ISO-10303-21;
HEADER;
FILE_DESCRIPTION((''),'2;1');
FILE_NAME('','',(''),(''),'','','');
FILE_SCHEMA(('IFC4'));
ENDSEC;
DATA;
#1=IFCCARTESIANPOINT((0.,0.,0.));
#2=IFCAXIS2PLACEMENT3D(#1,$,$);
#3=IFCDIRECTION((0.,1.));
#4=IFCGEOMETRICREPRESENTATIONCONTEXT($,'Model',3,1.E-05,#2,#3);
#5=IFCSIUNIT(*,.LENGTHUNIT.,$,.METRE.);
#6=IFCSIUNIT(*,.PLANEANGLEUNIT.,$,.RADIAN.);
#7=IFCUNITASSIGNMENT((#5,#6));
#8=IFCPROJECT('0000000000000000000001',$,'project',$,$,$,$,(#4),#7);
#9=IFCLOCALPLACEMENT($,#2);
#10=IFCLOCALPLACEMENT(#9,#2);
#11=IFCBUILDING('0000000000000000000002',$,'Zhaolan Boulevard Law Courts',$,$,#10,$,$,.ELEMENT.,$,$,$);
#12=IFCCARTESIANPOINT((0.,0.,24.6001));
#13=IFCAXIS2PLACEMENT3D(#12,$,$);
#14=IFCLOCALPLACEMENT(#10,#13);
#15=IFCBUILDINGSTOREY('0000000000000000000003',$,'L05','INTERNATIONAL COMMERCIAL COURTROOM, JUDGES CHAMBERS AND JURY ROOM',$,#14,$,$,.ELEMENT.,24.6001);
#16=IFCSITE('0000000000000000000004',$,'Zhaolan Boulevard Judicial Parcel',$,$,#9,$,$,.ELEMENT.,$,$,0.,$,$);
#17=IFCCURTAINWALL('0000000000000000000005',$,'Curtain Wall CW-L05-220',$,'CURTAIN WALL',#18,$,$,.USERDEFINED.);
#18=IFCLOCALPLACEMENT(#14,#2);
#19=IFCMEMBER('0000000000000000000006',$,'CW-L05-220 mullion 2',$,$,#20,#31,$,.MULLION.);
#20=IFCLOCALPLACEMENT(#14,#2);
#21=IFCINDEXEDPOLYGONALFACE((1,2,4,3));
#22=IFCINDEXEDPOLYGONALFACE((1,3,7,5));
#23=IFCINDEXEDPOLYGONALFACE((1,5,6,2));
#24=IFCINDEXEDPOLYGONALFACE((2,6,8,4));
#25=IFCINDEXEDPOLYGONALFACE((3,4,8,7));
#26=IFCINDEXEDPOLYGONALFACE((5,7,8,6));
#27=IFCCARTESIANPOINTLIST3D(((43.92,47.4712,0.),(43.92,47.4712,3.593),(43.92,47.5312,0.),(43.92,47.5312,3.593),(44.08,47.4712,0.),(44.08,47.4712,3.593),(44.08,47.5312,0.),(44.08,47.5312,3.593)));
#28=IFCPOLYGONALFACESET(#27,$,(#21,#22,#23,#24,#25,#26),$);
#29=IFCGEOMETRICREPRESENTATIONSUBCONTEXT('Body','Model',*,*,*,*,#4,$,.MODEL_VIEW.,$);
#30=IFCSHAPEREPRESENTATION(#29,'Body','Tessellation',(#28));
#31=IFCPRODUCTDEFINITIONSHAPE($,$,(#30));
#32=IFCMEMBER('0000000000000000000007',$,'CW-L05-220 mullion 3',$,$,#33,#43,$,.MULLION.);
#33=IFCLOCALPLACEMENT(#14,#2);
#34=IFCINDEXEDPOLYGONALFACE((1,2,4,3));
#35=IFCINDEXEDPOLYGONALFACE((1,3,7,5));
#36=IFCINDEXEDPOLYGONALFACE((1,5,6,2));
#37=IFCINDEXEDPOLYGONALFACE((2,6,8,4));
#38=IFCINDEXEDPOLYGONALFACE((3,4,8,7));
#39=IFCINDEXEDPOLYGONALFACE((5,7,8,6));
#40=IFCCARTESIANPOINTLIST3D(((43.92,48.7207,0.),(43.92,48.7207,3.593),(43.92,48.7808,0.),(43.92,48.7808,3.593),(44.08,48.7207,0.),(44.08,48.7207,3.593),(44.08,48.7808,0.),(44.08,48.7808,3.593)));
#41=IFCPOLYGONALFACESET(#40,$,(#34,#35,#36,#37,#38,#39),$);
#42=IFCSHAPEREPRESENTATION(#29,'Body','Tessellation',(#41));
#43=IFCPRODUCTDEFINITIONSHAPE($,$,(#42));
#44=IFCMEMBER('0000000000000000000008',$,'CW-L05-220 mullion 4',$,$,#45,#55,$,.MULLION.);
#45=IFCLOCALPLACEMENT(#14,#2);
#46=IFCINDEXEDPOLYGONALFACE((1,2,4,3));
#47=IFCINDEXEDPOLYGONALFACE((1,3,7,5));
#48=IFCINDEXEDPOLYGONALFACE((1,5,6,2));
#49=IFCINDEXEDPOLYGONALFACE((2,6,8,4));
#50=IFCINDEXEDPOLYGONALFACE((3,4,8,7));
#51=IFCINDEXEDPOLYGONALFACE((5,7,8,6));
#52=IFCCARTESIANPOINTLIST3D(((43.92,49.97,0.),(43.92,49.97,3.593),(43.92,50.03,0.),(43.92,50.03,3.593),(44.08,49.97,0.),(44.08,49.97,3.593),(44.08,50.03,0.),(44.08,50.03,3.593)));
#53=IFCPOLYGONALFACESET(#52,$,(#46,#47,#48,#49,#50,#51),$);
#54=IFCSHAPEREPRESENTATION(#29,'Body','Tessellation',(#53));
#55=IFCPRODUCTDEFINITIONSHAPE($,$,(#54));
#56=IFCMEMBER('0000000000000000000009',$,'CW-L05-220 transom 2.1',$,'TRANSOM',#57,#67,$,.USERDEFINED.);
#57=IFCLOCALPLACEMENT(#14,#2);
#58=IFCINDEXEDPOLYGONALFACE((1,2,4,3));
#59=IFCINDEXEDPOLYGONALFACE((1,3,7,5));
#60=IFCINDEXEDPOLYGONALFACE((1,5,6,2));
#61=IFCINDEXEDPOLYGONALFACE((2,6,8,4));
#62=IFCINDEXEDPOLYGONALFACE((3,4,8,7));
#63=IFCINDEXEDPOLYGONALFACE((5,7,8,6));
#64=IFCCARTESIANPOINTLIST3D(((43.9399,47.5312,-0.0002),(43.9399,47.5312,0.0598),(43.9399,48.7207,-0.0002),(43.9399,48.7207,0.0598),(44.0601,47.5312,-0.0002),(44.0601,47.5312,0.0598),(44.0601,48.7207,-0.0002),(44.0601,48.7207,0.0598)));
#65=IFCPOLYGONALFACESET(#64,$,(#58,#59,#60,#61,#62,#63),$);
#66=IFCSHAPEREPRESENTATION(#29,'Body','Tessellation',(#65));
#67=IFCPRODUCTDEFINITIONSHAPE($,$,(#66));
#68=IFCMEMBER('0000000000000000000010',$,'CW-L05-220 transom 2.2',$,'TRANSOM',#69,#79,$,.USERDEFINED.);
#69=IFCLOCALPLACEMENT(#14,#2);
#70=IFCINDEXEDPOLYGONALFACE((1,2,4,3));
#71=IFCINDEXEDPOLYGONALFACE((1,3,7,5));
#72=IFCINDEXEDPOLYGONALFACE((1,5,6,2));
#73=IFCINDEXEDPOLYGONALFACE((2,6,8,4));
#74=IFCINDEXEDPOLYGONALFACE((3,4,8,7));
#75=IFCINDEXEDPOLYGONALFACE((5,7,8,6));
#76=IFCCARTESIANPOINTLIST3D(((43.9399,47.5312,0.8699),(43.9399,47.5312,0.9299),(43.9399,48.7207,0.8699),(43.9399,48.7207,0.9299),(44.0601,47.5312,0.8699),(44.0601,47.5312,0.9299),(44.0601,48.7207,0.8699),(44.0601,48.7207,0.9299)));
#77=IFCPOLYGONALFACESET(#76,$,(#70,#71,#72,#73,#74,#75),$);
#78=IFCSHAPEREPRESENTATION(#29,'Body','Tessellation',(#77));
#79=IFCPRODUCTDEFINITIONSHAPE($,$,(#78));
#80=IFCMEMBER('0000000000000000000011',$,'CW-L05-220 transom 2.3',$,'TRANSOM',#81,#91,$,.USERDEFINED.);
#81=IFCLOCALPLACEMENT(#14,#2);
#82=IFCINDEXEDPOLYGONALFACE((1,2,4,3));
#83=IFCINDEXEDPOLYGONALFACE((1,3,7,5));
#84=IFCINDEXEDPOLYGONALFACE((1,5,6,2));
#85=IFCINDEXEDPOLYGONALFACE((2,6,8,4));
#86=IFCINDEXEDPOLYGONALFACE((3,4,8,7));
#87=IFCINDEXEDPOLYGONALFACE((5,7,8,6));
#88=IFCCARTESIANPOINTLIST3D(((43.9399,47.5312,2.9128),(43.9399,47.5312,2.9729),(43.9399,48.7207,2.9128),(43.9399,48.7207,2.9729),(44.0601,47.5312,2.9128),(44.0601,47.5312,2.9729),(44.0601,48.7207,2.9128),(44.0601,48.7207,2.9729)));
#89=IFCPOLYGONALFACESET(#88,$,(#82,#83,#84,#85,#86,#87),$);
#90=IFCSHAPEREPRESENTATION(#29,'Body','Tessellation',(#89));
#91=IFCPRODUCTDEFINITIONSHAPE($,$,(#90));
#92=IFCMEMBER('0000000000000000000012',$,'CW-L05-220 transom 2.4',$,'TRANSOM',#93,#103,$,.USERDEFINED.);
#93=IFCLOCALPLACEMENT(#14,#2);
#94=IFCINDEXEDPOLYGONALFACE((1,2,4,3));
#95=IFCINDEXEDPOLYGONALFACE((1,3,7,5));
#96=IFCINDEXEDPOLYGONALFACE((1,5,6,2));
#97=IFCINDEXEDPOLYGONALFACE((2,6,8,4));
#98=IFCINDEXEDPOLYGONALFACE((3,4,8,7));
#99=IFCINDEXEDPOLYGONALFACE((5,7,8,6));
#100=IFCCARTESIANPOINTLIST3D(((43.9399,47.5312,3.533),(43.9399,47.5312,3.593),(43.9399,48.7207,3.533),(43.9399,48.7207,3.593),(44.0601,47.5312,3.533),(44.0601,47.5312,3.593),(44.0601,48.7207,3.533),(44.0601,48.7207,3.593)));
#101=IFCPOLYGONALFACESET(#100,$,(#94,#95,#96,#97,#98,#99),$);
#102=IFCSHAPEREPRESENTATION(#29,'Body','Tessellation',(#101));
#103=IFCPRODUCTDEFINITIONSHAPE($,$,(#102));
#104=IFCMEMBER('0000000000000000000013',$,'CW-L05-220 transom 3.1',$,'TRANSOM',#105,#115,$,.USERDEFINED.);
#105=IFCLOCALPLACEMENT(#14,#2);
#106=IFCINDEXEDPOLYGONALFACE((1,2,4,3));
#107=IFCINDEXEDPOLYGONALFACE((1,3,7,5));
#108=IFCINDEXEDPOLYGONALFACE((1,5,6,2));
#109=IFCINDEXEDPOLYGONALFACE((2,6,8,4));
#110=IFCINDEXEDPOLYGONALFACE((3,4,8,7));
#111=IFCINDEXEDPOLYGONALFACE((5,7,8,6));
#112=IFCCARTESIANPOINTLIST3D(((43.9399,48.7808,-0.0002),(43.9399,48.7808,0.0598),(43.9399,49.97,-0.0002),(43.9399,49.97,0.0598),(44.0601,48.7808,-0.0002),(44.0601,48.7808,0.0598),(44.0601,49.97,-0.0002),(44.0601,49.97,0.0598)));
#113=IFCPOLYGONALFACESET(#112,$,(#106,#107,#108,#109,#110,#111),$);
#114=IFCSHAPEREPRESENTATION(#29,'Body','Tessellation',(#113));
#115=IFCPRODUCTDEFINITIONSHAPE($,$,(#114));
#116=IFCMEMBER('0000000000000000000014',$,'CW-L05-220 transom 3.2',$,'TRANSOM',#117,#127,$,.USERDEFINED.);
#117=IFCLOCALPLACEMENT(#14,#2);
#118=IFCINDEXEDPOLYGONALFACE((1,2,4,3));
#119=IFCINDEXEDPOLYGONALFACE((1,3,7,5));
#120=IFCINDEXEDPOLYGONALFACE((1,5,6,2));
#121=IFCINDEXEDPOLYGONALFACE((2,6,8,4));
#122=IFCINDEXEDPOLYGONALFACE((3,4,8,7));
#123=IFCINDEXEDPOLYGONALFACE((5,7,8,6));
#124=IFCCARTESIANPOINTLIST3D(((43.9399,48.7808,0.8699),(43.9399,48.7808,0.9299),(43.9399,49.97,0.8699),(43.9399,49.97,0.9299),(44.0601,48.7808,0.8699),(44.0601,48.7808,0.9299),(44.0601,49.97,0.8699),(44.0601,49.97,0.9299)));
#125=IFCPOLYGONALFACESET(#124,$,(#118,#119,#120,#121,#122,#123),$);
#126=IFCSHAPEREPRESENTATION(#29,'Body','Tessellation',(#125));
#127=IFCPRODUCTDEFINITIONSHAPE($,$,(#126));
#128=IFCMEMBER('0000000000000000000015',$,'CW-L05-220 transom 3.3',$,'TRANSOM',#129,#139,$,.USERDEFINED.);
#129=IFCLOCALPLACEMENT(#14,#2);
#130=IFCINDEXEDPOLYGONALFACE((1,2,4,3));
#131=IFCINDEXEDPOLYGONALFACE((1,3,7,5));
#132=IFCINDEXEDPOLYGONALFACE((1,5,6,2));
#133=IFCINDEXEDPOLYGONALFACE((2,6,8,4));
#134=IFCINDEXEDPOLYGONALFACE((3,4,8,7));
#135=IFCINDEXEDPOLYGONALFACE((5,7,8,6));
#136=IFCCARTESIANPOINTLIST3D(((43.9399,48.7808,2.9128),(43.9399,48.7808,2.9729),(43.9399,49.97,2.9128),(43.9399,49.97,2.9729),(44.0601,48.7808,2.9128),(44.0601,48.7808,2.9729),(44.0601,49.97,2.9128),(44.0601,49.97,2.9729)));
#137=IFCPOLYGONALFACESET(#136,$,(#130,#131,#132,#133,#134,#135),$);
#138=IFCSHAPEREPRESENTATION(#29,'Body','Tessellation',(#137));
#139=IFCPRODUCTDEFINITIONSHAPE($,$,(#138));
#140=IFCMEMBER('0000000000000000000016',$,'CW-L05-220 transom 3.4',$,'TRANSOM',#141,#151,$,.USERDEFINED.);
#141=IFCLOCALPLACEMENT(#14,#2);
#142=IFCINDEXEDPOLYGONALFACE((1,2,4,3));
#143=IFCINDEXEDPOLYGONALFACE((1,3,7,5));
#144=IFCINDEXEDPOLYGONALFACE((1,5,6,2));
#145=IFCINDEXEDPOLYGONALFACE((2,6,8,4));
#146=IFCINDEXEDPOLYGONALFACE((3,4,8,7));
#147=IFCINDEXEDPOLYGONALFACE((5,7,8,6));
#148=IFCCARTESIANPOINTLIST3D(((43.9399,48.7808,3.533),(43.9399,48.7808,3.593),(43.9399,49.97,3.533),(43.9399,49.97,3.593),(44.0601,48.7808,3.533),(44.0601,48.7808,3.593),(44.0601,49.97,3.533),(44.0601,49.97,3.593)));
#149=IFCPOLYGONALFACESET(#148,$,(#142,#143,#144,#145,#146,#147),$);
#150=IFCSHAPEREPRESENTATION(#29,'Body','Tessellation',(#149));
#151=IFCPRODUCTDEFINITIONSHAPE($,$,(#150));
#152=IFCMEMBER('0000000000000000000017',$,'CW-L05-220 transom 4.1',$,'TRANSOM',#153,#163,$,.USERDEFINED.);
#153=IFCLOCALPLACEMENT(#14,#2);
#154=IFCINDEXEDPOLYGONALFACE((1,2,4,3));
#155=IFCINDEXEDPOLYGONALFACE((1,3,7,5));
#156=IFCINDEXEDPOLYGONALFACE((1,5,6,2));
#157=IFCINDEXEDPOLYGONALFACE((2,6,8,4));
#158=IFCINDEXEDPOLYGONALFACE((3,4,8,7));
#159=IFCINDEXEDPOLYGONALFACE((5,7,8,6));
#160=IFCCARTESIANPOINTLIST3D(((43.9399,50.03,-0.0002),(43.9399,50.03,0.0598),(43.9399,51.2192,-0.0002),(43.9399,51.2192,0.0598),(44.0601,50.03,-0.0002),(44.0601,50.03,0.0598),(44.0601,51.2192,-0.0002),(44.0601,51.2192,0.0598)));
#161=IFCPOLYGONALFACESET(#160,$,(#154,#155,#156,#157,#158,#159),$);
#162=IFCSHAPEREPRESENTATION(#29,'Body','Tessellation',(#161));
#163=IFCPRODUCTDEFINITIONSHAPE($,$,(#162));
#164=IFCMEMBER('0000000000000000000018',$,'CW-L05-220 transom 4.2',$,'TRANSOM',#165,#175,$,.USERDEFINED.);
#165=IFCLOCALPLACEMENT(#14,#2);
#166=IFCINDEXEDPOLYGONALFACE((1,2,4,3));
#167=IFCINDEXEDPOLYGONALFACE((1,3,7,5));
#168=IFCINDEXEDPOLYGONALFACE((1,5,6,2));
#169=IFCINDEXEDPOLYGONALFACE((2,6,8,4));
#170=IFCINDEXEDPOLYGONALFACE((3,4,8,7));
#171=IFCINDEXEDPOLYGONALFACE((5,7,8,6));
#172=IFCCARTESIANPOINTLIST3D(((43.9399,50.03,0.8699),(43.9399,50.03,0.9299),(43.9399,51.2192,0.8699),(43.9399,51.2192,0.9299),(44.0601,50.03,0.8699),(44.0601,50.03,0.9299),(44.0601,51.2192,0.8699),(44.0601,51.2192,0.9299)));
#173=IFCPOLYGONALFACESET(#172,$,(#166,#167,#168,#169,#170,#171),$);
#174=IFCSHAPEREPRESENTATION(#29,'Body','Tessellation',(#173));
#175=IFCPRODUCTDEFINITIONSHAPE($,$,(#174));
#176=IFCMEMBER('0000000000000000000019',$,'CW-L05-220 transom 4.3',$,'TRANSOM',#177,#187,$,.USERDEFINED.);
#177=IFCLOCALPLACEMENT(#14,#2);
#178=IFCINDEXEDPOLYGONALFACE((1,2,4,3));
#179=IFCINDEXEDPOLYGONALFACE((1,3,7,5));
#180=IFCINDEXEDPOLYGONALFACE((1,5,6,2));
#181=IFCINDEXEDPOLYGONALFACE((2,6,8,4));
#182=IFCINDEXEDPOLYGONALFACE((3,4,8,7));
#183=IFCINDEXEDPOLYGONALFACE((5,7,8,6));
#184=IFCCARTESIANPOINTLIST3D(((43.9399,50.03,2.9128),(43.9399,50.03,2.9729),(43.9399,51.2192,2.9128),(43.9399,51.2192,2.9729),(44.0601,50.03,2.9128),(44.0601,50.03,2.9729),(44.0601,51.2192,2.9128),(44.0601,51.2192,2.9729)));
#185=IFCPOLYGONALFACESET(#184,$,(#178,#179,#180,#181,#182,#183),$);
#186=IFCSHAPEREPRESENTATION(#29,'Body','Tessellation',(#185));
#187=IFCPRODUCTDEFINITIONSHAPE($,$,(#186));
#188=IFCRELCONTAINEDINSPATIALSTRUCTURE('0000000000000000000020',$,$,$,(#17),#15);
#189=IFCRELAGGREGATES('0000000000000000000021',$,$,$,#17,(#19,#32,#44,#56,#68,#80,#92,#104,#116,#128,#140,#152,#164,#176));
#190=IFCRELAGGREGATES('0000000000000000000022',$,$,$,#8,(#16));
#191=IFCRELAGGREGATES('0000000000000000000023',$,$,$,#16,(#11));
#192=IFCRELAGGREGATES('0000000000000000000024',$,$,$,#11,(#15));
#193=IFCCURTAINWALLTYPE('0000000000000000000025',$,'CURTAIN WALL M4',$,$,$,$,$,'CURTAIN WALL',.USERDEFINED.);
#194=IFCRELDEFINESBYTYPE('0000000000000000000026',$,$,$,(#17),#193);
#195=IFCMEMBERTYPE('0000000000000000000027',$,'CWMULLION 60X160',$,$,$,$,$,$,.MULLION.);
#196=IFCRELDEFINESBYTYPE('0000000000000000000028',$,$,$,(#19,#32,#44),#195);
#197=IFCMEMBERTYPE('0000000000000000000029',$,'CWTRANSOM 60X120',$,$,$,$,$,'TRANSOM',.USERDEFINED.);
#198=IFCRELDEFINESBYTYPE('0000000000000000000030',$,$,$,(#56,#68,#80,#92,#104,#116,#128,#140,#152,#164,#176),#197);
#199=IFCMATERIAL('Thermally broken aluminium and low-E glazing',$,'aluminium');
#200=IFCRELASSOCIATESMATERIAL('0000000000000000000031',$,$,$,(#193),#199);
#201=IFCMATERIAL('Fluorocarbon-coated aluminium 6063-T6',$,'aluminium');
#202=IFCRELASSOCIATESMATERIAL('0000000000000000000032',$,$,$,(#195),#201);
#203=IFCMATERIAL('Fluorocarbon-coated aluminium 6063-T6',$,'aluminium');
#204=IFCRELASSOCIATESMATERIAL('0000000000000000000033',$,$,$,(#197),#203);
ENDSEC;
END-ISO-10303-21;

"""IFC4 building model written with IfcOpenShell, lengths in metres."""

from ifc_helpers import new_model, si_unit, direction, frame, origin, origin_2d, place, context, subcontext, project, spatial, rectangle, extrude, material, material_profile, profile_set, type_object, element, aggregate, save


model = new_model("IFC4")

# Units and contexts
model_context = context("Model", 3, precision=1e-05, world=origin(), true_north=direction((0.0, 1.0)))
body_context = subcontext(model_context, "Body", "Model", "MODEL_VIEW")
ifc_project = project(units=[si_unit("LENGTHUNIT", "METRE"), si_unit("PLANEANGLEUNIT", "RADIAN")], contexts=[model_context])

# Site, building, storey
site_placement = place(None, origin())
site = spatial("IfcSite", under=ifc_project, at=site_placement, Name="Zhaolan Boulevard Judicial Parcel", CompositionType="ELEMENT", RefElevation=0.0)
building_placement = place(site_placement, origin())
building = spatial("IfcBuilding", under=site, at=building_placement, Name="Zhaolan Boulevard Law Courts", CompositionType="ELEMENT")
storey_placement = place(building_placement, frame((0.0, 0.0, 24.6001)))
storey = spatial("IfcBuildingStorey", under=building, at=storey_placement, Name="L05", Description="INTERNATIONAL COMMERCIAL COURTROOM, JUDGES CHAMBERS AND JURY ROOM", CompositionType="ELEMENT", Elevation=24.6001)

# Curtain wall, members
ifc_material_1 = material(Name="Thermally broken aluminium and low-E glazing", Category="aluminium")
curtain_wall_type = type_object("IfcCurtainWallType", Name="CURTAIN WALL M4", ElementType="CURTAIN WALL", PredefinedType="USERDEFINED", material=ifc_material_1)
curtain_wall_placement = place(storey_placement, origin())
curtain_wall = element("IfcCurtainWall", 1, at=curtain_wall_placement, inside=storey, type_object=curtain_wall_type, Name="Curtain Wall CW-L05-220", ObjectType="CURTAIN WALL", PredefinedType="USERDEFINED")
ifc_material_2 = material(Name="Fluorocarbon-coated aluminium 6063-T6", Category="aluminium")
ifc_material_profile_1 = material_profile(ifc_material_2, rectangle(XDim=0.1599, YDim=0.0601, at=origin_2d()), Name="AL60x160")
ifc_profile_set_1 = profile_set([ifc_material_profile_1], Name="Fluorocarbon-coated aluminium 6063-T6")
member_type_1 = type_object("IfcMemberType", Name="CWMULLION 60X160", PredefinedType="MULLION", material=ifc_profile_set_1)
member_1_placement = place(storey_placement, frame((44.0, 47.5012, 0.0), z_axis=(0.0, 0.0, 1.0), x_axis=(-1.0, 0.0, 0.0)))
member_1 = element("IfcMember", 2, at=member_1_placement, type_object=member_type_1, Name="CW-L05-220 mullion 2", PredefinedType="MULLION", context=body_context, shape_type="SweptSolid", body=[
    extrude(rectangle(XDim=0.1599, YDim=0.0601, at=origin_2d()), origin(), (0.0, 0.0, 1.0), 3.593),
])
member_2_placement = place(storey_placement, frame((44.0, 48.7507, 0.0), z_axis=(0.0, 0.0, 1.0), x_axis=(-1.0, 0.0, 0.0)))
member_2 = element("IfcMember", 3, at=member_2_placement, type_object=member_type_1, Name="CW-L05-220 mullion 3", PredefinedType="MULLION", context=body_context, shape_type="SweptSolid", body=[
    extrude(rectangle(XDim=0.1599, YDim=0.0601, at=origin_2d()), origin(), (0.0, 0.0, 1.0), 3.593),
])
member_3_placement = place(storey_placement, frame((44.0, 50.0, 0.0), z_axis=(0.0, 0.0, 1.0), x_axis=(-1.0, 0.0, 0.0)))
member_3 = element("IfcMember", 4, at=member_3_placement, type_object=member_type_1, Name="CW-L05-220 mullion 4", PredefinedType="MULLION", context=body_context, shape_type="SweptSolid", body=[
    extrude(rectangle(XDim=0.1599, YDim=0.0601, at=origin_2d()), origin(), (0.0, 0.0, 1.0), 3.593),
])
ifc_material_3 = material(Name="Fluorocarbon-coated aluminium 6063-T6", Category="aluminium")
ifc_material_profile_2 = material_profile(ifc_material_3, rectangle(XDim=0.1201, YDim=0.0601, at=origin_2d()), Name="AL60x120")
ifc_profile_set_2 = profile_set([ifc_material_profile_2], Name="Fluorocarbon-coated aluminium 6063-T6")
member_type_2 = type_object("IfcMemberType", Name="CWTRANSOM 60X120", ElementType="TRANSOM", PredefinedType="USERDEFINED", material=ifc_profile_set_2)
member_4_placement = place(storey_placement, frame((44.0, 47.5312, 0.0298), z_axis=(0.0, 1.0, 0.0), x_axis=(-1.0, 0.0, 0.0)))
member_4 = element("IfcMember", 5, at=member_4_placement, type_object=member_type_2, Name="CW-L05-220 transom 2.1", ObjectType="TRANSOM", PredefinedType="USERDEFINED", context=body_context, shape_type="SweptSolid", body=[
    extrude(rectangle(XDim=0.1201, YDim=0.0601, at=origin_2d()), origin(), (0.0, 0.0, 1.0), 1.1895),
])
member_5_placement = place(storey_placement, frame((44.0, 47.5312, 0.8999), z_axis=(0.0, 1.0, 0.0), x_axis=(-1.0, 0.0, 0.0)))
member_5 = element("IfcMember", 6, at=member_5_placement, type_object=member_type_2, Name="CW-L05-220 transom 2.2", ObjectType="TRANSOM", PredefinedType="USERDEFINED", context=body_context, shape_type="SweptSolid", body=[
    extrude(rectangle(XDim=0.1201, YDim=0.0601, at=origin_2d()), origin(), (0.0, 0.0, 1.0), 1.1895),
])
member_6_placement = place(storey_placement, frame((44.0, 47.5312, 2.9429), z_axis=(0.0, 1.0, 0.0), x_axis=(-1.0, 0.0, 0.0)))
member_6 = element("IfcMember", 7, at=member_6_placement, type_object=member_type_2, Name="CW-L05-220 transom 2.3", ObjectType="TRANSOM", PredefinedType="USERDEFINED", context=body_context, shape_type="SweptSolid", body=[
    extrude(rectangle(XDim=0.1201, YDim=0.0601, at=origin_2d()), origin(), (0.0, 0.0, 1.0), 1.1895),
])
member_7_placement = place(storey_placement, frame((44.0, 47.5312, 3.563), z_axis=(0.0, 1.0, 0.0), x_axis=(-1.0, 0.0, 0.0)))
member_7 = element("IfcMember", 8, at=member_7_placement, type_object=member_type_2, Name="CW-L05-220 transom 2.4", ObjectType="TRANSOM", PredefinedType="USERDEFINED", context=body_context, shape_type="SweptSolid", body=[
    extrude(rectangle(XDim=0.1201, YDim=0.0601, at=origin_2d()), origin(), (0.0, 0.0, 1.0), 1.1895),
])
member_8_placement = place(storey_placement, frame((44.0, 48.7808, 0.0298), z_axis=(0.0, 1.0, 0.0), x_axis=(-1.0, 0.0, 0.0)))
member_8 = element("IfcMember", 9, at=member_8_placement, type_object=member_type_2, Name="CW-L05-220 transom 3.1", ObjectType="TRANSOM", PredefinedType="USERDEFINED", context=body_context, shape_type="SweptSolid", body=[
    extrude(rectangle(XDim=0.1201, YDim=0.0601, at=origin_2d()), origin(), (0.0, 0.0, 1.0), 1.1892),
])
member_9_placement = place(storey_placement, frame((44.0, 48.7808, 0.8999), z_axis=(0.0, 1.0, 0.0), x_axis=(-1.0, 0.0, 0.0)))
member_9 = element("IfcMember", 10, at=member_9_placement, type_object=member_type_2, Name="CW-L05-220 transom 3.2", ObjectType="TRANSOM", PredefinedType="USERDEFINED", context=body_context, shape_type="SweptSolid", body=[
    extrude(rectangle(XDim=0.1201, YDim=0.0601, at=origin_2d()), origin(), (0.0, 0.0, 1.0), 1.1892),
])
member_10_placement = place(storey_placement, frame((44.0, 48.7808, 2.9429), z_axis=(0.0, 1.0, 0.0), x_axis=(-1.0, 0.0, 0.0)))
member_10 = element("IfcMember", 11, at=member_10_placement, type_object=member_type_2, Name="CW-L05-220 transom 3.3", ObjectType="TRANSOM", PredefinedType="USERDEFINED", context=body_context, shape_type="SweptSolid", body=[
    extrude(rectangle(XDim=0.1201, YDim=0.0601, at=origin_2d()), origin(), (0.0, 0.0, 1.0), 1.1892),
])
member_11_placement = place(storey_placement, frame((44.0, 48.7808, 3.563), z_axis=(0.0, 1.0, 0.0), x_axis=(-1.0, 0.0, 0.0)))
member_11 = element("IfcMember", 12, at=member_11_placement, type_object=member_type_2, Name="CW-L05-220 transom 3.4", ObjectType="TRANSOM", PredefinedType="USERDEFINED", context=body_context, shape_type="SweptSolid", body=[
    extrude(rectangle(XDim=0.1201, YDim=0.0601, at=origin_2d()), origin(), (0.0, 0.0, 1.0), 1.1892),
])
member_12_placement = place(storey_placement, frame((44.0, 50.03, 0.0298), z_axis=(0.0, 1.0, 0.0), x_axis=(-1.0, 0.0, 0.0)))
member_12 = element("IfcMember", 13, at=member_12_placement, type_object=member_type_2, Name="CW-L05-220 transom 4.1", ObjectType="TRANSOM", PredefinedType="USERDEFINED", context=body_context, shape_type="SweptSolid", body=[
    extrude(rectangle(XDim=0.1201, YDim=0.0601, at=origin_2d()), origin(), (0.0, 0.0, 1.0), 1.1892),
])
member_13_placement = place(storey_placement, frame((44.0, 50.03, 0.8999), z_axis=(0.0, 1.0, 0.0), x_axis=(-1.0, 0.0, 0.0)))
member_13 = element("IfcMember", 14, at=member_13_placement, type_object=member_type_2, Name="CW-L05-220 transom 4.2", ObjectType="TRANSOM", PredefinedType="USERDEFINED", context=body_context, shape_type="SweptSolid", body=[
    extrude(rectangle(XDim=0.1201, YDim=0.0601, at=origin_2d()), origin(), (0.0, 0.0, 1.0), 1.1892),
])
member_14_placement = place(storey_placement, frame((44.0, 50.03, 2.9429), z_axis=(0.0, 1.0, 0.0), x_axis=(-1.0, 0.0, 0.0)))
member_14 = element("IfcMember", 15, at=member_14_placement, type_object=member_type_2, Name="CW-L05-220 transom 4.3", ObjectType="TRANSOM", PredefinedType="USERDEFINED", context=body_context, shape_type="SweptSolid", body=[
    extrude(rectangle(XDim=0.1201, YDim=0.0601, at=origin_2d()), origin(), (0.0, 0.0, 1.0), 1.1892),
])
aggregate(curtain_wall, [member_1, member_2, member_3, member_4, member_5, member_6, member_7, member_8, member_9, member_10, member_11, member_12, member_13, member_14])

save(model, "model.ifc")
